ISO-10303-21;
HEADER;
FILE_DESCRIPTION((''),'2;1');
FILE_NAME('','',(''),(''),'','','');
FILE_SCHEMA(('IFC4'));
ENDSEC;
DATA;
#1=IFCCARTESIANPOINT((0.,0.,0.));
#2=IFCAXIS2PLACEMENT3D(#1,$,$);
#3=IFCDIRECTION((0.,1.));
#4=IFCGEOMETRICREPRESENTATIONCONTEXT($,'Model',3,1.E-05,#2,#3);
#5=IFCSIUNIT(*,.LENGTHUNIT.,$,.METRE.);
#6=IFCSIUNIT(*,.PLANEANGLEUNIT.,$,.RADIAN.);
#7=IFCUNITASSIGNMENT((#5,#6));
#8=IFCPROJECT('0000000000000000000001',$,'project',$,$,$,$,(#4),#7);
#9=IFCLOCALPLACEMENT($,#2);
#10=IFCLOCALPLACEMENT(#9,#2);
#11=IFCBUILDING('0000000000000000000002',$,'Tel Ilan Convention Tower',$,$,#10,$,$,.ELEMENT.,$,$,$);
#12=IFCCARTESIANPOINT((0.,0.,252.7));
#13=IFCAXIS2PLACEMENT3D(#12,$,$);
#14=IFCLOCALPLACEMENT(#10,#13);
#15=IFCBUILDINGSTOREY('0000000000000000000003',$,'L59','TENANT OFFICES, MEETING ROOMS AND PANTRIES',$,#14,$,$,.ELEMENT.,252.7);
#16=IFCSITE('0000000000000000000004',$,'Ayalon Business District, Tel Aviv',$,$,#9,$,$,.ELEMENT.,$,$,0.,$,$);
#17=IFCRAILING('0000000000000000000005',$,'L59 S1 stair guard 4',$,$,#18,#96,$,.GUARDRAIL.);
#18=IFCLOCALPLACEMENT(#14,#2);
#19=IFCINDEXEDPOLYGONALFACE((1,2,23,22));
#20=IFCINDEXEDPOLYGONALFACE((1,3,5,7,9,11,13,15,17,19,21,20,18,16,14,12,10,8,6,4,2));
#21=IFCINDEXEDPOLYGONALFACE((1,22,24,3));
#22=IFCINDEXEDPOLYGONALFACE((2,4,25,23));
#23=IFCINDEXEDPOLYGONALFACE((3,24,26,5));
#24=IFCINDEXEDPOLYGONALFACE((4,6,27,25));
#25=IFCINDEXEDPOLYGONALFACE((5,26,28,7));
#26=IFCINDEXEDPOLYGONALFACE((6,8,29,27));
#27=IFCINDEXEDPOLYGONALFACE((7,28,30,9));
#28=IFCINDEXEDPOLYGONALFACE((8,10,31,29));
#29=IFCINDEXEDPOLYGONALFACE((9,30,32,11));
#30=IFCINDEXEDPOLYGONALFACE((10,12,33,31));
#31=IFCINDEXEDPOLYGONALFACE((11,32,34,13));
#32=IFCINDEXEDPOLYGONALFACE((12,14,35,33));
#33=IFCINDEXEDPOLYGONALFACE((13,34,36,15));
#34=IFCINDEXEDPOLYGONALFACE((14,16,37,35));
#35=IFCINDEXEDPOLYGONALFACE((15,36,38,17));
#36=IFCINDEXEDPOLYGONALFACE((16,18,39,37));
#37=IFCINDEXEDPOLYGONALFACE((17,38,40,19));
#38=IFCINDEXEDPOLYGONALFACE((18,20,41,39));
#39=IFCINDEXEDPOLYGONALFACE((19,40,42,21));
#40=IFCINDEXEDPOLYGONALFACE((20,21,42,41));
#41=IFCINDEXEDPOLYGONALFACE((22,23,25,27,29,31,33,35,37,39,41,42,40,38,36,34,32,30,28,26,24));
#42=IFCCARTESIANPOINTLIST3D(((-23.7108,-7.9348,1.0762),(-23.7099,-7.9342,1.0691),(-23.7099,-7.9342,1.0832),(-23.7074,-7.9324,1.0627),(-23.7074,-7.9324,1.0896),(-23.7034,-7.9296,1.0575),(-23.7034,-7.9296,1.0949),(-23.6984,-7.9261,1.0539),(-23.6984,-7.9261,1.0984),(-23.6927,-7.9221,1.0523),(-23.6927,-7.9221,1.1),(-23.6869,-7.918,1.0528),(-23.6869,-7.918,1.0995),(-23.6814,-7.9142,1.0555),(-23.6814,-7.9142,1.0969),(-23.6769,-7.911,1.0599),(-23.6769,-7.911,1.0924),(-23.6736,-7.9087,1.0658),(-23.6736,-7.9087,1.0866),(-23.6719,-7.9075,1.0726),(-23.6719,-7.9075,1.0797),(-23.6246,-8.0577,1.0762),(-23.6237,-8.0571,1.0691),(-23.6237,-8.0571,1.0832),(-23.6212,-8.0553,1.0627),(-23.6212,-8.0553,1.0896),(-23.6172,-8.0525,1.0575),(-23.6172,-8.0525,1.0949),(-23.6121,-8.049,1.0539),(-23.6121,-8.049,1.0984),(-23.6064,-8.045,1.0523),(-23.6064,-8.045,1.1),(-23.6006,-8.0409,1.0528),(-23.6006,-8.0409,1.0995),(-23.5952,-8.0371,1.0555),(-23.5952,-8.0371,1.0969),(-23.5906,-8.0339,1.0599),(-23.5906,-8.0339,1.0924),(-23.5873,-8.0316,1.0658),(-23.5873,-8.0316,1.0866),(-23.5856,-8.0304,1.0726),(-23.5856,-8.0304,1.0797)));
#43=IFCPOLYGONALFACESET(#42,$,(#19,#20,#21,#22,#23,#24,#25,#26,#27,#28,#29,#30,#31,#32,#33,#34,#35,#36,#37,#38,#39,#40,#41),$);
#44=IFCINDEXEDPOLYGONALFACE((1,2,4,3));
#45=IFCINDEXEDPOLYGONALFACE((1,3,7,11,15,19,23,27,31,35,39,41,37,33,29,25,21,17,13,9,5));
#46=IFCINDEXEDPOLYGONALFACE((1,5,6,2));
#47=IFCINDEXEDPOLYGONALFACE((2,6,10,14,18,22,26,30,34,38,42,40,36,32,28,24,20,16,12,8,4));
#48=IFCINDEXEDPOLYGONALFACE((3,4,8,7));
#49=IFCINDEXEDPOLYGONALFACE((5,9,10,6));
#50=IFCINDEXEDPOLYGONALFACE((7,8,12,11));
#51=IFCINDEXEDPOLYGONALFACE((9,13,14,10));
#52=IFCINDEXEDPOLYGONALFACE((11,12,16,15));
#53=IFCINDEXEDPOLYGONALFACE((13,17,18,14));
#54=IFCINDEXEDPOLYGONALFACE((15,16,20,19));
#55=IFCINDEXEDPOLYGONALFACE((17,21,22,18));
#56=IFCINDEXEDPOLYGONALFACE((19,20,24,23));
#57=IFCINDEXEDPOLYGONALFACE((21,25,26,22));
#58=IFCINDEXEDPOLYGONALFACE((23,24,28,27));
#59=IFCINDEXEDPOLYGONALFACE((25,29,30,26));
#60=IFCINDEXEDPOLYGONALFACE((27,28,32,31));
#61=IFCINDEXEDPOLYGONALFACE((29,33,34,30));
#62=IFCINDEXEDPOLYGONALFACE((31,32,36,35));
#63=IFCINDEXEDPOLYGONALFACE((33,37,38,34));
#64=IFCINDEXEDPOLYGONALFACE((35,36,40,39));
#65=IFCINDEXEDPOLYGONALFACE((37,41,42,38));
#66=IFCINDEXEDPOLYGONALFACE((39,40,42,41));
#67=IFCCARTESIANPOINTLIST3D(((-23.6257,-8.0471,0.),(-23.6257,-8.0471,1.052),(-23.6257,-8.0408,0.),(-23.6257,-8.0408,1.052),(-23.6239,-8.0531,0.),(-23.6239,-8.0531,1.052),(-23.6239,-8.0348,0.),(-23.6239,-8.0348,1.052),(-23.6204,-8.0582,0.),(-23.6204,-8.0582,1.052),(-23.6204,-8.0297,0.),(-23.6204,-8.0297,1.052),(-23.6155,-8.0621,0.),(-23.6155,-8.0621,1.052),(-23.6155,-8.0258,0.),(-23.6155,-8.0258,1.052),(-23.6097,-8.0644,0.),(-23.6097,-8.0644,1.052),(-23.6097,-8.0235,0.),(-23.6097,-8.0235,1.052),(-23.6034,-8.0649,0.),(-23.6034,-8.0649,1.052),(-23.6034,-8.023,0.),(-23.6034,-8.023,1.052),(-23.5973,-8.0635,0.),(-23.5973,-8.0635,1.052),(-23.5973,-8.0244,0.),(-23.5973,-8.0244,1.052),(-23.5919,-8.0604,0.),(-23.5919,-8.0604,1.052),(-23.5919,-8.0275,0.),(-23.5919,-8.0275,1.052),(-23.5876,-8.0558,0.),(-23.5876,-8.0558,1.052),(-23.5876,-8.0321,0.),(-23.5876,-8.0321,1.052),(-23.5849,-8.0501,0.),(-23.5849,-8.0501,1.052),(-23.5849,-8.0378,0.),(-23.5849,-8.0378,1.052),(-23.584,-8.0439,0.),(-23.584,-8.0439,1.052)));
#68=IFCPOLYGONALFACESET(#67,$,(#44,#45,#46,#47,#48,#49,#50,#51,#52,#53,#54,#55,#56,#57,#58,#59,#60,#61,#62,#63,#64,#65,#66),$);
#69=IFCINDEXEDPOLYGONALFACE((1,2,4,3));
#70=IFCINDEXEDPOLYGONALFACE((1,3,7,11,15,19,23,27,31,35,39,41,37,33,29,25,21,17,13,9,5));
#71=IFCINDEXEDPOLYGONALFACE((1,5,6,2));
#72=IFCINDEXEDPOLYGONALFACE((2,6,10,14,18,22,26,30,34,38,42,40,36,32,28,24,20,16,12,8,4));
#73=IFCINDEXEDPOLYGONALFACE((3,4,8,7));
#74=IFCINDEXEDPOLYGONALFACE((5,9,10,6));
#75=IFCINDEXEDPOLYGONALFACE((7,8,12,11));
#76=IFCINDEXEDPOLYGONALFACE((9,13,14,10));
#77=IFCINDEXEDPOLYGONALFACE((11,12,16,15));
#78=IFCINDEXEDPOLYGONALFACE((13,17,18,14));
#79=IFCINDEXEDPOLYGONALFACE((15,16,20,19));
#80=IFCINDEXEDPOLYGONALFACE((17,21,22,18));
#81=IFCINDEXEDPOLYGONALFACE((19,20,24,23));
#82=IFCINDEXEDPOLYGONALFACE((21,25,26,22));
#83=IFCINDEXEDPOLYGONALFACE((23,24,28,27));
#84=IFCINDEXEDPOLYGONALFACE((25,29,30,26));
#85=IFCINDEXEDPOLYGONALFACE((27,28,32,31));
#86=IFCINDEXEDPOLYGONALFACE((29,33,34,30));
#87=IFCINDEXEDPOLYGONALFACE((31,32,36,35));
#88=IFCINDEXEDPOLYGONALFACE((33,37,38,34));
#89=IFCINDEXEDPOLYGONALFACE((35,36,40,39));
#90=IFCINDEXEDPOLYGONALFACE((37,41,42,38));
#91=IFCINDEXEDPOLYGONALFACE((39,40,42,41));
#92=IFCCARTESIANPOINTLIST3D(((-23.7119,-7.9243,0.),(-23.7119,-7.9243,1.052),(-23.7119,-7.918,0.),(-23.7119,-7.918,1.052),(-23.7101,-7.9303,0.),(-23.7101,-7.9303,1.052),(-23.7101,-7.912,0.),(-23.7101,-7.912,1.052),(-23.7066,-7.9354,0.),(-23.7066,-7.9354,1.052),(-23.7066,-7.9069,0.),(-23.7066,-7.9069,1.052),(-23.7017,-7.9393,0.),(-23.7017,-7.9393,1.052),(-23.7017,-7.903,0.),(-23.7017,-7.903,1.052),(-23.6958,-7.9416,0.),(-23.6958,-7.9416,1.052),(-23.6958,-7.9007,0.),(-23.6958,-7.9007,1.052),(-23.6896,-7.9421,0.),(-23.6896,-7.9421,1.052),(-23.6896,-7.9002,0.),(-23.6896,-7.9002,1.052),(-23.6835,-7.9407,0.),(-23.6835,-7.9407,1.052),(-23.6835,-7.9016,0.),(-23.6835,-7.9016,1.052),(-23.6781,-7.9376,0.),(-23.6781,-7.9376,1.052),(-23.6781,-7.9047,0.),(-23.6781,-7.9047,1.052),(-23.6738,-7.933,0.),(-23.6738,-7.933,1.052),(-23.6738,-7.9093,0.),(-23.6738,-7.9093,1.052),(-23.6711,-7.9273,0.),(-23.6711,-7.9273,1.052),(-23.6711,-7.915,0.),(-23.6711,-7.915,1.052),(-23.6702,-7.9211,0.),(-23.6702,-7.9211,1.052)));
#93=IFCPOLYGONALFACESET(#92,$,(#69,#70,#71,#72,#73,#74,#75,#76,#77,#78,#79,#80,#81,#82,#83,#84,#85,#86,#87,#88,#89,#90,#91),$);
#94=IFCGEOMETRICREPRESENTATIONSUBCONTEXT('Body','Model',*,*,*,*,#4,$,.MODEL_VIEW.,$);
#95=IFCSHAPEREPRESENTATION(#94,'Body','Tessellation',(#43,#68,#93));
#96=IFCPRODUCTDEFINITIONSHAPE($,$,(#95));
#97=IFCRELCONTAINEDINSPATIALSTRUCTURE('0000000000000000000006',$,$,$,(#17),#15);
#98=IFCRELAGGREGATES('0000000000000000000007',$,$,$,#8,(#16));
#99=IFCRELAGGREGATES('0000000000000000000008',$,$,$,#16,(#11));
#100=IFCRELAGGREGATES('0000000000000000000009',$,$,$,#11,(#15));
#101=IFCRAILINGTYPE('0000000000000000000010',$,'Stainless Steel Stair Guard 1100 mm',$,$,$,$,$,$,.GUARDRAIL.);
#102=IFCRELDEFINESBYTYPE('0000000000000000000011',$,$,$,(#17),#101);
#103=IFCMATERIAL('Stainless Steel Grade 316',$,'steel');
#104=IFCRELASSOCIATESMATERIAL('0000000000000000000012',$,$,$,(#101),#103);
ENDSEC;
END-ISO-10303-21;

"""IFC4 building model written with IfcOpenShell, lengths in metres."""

from ifc_helpers import new_model, si_unit, direction, frame, origin, origin_2d, place, context, subcontext, project, spatial, circle, extrude, material, type_object, element, save


model = new_model("IFC4")

# Units and contexts
model_context = context("Model", 3, precision=1e-05, world=origin(), true_north=direction((0.0, 1.0)))
body_context = subcontext(model_context, "Body", "Model", "MODEL_VIEW")
ifc_project = project(units=[si_unit("LENGTHUNIT", "METRE"), si_unit("PLANEANGLEUNIT", "RADIAN")], contexts=[model_context])

# Site, building, storey
site_placement = place(None, origin())
site = spatial("IfcSite", under=ifc_project, at=site_placement, Name="Ayalon Business District, Tel Aviv", CompositionType="ELEMENT", RefElevation=0.0)
building_placement = place(site_placement, origin())
building = spatial("IfcBuilding", under=site, at=building_placement, Name="Tel Ilan Convention Tower", CompositionType="ELEMENT")
storey_placement = place(building_placement, frame((0.0, 0.0, 252.7)))
storey = spatial("IfcBuildingStorey", under=building, at=storey_placement, Name="L59", Description="TENANT OFFICES, MEETING ROOMS AND PANTRIES", CompositionType="ELEMENT", Elevation=252.7)

# Railing
ifc_material_1 = material(Name="Stainless Steel Grade 316", Category="steel")
railing_type = type_object("IfcRailingType", Name="Stainless Steel Stair Guard 1100 mm", PredefinedType="GUARDRAIL", material=ifc_material_1)
railing_1_placement = place(storey_placement, frame((-23.605, -8.0439, 0.0)))
element("IfcRailing", 1, at=railing_1_placement, inside=storey, type_object=railing_type, Name="L59 S1 stair guard 4", PredefinedType="GUARDRAIL", context=body_context, shape_type="SweptSolid", body=[
    extrude(circle(Radius=0.0239, at=origin_2d()), frame((0.0, 0.0, 1.0762), z_axis=(-0.574445, 0.818543, 0.0), x_axis=(-0.818543, -0.574445, 0.0)), (0.0, 0.0, 1.0), 0.1501),
    extrude(circle(Radius=0.021, at=origin_2d()), origin(), (0.0, 0.0, 1.0), 1.052),
    extrude(circle(Radius=0.021, at=origin_2d()), frame((-0.0862, 0.1228, 0.0)), (0.0, 0.0, 1.0), 1.052),
])

save(model, "model.ifc")
